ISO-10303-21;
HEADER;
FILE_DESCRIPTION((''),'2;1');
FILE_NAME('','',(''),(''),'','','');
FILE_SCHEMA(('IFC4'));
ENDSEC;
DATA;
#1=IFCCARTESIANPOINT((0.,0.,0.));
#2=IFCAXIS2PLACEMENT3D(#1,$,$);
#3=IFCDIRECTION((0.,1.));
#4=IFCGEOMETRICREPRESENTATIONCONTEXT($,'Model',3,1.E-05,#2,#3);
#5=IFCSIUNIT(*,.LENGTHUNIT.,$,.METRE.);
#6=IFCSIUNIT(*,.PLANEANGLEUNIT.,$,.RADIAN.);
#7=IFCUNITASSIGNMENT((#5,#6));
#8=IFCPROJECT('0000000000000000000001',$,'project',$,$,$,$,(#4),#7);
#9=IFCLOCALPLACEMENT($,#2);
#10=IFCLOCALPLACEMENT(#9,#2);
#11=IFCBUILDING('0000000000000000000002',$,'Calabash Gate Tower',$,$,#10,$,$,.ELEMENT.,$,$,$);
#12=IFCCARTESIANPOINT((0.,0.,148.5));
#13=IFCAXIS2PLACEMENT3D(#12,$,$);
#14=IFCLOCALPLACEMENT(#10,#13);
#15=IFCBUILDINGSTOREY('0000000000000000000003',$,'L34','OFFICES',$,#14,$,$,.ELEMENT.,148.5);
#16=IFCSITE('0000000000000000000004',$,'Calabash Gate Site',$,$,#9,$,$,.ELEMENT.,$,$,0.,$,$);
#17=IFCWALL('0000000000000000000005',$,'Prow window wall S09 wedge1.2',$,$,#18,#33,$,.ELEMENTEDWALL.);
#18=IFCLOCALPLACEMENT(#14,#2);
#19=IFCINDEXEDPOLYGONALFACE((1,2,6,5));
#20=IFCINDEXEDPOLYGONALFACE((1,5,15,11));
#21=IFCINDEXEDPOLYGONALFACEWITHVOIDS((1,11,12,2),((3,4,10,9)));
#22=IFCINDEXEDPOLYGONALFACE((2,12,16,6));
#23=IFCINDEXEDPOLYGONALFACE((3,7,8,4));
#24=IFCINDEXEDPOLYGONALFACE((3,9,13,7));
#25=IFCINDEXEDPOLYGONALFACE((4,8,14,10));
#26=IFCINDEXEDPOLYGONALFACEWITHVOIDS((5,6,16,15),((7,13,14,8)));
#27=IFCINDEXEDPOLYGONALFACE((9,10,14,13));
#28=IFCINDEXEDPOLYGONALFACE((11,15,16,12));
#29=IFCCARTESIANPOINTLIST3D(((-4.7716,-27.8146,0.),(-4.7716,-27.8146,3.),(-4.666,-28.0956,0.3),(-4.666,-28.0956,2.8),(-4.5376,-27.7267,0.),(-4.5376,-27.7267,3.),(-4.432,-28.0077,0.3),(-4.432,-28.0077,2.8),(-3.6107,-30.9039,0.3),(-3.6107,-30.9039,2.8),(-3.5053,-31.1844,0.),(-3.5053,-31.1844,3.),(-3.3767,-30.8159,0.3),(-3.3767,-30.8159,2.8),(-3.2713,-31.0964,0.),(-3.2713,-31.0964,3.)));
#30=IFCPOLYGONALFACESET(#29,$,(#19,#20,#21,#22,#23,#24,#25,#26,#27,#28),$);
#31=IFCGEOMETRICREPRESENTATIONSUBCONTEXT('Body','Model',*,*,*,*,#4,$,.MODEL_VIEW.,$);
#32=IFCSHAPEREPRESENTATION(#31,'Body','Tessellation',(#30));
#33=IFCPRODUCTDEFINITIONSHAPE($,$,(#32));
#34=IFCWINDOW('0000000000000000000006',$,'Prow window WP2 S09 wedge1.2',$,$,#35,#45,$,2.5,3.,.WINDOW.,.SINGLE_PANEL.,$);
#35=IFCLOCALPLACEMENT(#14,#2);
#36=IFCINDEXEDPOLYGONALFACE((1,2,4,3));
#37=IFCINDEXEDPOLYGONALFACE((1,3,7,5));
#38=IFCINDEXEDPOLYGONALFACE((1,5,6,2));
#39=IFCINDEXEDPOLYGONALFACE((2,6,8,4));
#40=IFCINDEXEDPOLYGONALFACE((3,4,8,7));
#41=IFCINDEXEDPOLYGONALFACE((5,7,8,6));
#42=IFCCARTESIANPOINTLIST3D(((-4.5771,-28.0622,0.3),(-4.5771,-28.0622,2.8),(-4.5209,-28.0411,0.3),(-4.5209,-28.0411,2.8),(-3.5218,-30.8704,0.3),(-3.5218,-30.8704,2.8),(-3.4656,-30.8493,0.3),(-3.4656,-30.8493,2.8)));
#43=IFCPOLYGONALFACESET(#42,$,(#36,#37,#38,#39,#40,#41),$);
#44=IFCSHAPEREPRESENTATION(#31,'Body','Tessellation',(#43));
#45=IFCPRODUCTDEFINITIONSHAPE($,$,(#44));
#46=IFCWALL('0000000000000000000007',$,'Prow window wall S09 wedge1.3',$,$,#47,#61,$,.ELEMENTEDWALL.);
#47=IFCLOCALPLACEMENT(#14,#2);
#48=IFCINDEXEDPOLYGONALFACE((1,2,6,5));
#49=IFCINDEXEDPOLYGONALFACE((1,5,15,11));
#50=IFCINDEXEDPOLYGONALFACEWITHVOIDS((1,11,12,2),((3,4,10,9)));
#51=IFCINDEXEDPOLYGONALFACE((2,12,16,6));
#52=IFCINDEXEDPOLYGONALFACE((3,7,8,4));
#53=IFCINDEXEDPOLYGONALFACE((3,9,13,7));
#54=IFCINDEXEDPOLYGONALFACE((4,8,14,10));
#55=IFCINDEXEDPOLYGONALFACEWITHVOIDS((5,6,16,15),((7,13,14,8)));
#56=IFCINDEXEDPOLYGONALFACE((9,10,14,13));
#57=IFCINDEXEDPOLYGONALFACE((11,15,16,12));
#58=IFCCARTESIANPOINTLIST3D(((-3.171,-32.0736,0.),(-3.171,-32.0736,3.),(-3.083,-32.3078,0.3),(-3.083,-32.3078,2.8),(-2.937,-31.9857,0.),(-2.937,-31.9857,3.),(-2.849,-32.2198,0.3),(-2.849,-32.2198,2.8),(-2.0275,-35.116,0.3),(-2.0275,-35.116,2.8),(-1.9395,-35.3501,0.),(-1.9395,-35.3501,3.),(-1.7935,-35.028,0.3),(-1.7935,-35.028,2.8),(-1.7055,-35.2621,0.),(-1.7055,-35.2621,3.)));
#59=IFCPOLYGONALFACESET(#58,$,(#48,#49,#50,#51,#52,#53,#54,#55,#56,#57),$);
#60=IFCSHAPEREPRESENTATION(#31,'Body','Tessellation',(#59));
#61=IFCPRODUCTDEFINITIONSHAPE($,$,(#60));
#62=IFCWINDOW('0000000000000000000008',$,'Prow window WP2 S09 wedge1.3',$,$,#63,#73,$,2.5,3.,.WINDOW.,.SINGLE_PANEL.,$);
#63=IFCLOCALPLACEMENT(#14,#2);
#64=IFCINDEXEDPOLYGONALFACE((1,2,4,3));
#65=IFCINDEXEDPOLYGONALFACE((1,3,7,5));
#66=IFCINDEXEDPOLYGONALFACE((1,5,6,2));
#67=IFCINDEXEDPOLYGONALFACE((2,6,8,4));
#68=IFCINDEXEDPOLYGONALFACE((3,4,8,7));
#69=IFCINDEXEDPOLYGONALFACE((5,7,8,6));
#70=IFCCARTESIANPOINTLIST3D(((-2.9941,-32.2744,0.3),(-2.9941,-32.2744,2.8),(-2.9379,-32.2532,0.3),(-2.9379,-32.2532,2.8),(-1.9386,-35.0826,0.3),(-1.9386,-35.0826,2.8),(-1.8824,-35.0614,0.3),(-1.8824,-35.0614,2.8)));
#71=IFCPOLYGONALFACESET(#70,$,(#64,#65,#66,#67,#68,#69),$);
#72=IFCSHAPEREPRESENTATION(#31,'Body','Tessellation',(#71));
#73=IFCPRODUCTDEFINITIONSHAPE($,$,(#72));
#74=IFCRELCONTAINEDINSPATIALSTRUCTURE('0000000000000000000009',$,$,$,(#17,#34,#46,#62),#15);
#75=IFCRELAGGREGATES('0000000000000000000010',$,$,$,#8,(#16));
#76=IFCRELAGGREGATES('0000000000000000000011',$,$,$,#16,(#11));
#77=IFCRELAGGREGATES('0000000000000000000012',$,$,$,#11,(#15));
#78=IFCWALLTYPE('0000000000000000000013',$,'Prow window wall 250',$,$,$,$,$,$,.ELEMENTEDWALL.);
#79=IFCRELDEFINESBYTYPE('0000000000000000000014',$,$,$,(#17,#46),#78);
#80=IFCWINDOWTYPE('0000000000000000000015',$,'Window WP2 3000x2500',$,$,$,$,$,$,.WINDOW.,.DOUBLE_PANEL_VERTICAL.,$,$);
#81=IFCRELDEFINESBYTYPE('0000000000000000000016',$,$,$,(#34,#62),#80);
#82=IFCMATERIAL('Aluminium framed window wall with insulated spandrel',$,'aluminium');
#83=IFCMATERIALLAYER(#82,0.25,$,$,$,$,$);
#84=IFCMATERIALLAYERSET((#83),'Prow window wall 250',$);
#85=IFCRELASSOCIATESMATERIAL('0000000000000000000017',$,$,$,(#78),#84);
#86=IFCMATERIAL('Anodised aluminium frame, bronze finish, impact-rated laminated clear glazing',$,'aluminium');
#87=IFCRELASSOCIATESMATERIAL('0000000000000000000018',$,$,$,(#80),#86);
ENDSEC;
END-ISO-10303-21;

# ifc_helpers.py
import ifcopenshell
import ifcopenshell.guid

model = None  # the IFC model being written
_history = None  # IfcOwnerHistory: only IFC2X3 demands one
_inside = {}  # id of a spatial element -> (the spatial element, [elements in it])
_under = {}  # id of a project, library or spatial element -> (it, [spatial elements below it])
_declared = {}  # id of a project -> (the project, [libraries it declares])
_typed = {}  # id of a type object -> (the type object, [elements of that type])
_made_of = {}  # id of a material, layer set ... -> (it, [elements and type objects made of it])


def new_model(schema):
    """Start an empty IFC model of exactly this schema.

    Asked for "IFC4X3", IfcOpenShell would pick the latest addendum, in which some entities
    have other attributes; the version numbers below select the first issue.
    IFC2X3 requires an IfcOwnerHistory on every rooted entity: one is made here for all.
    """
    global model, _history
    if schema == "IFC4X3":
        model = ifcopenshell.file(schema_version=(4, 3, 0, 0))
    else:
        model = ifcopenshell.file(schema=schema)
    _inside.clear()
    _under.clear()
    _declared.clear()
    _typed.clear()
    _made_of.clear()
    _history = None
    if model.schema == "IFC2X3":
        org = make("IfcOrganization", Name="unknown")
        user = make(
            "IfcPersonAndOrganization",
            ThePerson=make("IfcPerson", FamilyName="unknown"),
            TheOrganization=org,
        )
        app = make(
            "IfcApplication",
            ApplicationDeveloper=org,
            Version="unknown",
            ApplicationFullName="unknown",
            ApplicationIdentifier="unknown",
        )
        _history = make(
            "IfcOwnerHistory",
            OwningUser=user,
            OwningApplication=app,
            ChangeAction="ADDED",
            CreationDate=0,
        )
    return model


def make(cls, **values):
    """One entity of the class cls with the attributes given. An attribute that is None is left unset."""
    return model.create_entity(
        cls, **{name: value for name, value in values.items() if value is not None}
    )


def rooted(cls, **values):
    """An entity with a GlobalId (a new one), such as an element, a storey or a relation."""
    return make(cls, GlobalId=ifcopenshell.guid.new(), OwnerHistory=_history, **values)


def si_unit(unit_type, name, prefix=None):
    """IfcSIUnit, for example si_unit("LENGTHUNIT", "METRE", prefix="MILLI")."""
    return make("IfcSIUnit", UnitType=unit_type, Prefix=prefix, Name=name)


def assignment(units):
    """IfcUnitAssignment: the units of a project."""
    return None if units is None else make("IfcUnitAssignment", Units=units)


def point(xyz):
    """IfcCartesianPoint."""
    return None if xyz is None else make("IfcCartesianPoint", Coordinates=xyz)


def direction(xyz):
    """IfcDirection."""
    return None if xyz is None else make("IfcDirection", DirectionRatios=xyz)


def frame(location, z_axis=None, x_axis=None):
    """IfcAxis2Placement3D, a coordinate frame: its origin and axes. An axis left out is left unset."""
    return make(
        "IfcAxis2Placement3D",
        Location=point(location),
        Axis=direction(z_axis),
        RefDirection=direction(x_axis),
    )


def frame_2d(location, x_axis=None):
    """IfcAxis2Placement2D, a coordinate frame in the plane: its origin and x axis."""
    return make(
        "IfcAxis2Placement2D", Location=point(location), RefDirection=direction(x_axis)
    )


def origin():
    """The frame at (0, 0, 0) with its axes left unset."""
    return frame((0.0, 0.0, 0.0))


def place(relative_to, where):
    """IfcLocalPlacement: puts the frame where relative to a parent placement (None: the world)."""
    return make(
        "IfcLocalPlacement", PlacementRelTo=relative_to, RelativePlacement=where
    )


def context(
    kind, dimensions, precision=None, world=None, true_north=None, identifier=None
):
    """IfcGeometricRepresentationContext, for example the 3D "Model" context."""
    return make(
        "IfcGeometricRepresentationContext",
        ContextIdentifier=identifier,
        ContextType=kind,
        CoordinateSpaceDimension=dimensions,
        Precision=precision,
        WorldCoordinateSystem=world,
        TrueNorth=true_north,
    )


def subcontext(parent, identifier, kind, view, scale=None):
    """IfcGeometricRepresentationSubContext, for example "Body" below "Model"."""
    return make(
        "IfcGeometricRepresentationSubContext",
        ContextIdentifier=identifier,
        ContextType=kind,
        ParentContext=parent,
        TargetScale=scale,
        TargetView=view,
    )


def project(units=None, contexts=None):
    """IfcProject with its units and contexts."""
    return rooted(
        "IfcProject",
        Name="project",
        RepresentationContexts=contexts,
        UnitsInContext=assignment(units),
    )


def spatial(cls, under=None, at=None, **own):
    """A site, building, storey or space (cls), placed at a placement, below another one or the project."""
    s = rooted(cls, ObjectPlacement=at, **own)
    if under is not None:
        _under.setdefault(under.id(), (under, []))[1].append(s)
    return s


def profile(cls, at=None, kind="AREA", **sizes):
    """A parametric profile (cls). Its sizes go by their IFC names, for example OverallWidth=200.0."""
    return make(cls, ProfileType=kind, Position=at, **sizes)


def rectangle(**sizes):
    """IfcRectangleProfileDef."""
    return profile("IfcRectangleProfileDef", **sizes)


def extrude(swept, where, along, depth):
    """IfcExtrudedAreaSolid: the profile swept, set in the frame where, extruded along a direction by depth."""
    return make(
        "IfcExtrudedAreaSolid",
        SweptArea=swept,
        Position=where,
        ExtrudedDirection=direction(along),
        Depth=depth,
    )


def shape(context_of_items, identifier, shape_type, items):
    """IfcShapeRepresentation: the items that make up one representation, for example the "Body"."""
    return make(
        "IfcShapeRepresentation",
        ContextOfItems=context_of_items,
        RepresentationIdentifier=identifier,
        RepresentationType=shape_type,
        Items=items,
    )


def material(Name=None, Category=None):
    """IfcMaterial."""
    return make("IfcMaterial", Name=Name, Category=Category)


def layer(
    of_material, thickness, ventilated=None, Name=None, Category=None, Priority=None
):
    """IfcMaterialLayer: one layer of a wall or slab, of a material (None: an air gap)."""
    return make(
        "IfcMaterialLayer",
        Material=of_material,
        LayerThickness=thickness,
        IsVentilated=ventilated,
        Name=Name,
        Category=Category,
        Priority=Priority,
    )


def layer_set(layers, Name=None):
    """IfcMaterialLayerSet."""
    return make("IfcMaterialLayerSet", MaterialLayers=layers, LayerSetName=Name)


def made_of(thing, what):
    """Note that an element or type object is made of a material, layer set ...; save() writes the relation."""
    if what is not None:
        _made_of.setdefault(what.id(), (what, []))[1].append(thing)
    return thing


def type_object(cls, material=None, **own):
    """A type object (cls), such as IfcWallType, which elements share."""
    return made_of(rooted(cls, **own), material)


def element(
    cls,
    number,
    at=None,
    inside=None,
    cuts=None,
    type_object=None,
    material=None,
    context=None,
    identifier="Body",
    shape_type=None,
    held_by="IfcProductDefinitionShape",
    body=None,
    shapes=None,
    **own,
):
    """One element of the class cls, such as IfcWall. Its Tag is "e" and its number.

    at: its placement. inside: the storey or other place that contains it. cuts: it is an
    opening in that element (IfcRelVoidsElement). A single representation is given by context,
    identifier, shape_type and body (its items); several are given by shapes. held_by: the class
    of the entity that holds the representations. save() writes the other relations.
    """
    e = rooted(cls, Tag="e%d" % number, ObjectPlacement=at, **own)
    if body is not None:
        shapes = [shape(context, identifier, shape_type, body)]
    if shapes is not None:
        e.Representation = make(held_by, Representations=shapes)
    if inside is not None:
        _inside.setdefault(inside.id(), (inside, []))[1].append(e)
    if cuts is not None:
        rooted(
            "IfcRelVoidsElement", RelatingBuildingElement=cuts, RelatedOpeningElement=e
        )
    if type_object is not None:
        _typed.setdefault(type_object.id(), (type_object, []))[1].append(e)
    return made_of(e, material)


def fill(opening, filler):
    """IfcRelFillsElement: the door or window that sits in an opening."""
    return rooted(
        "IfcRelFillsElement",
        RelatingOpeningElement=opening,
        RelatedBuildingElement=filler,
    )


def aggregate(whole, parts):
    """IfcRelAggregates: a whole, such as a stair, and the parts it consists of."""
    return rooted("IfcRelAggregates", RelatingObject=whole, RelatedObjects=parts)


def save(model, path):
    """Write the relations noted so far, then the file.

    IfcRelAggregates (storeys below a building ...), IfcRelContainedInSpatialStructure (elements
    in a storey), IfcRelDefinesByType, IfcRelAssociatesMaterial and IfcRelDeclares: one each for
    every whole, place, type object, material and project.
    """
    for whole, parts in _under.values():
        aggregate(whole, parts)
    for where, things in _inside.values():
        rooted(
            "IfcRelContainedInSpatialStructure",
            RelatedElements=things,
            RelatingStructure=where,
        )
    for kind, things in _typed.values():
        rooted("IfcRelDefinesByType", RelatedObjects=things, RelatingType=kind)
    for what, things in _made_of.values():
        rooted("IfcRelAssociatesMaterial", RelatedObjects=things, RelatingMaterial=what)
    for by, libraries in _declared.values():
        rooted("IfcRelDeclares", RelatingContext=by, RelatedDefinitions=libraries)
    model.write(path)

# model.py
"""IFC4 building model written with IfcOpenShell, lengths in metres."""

from ifc_helpers import new_model, si_unit, direction, frame, frame_2d, origin, place, context, subcontext, project, spatial, rectangle, extrude, material, layer, layer_set, type_object, element, fill, save


model = new_model("IFC4")

# Units and contexts
model_context = context("Model", 3, precision=1e-05, world=origin(), true_north=direction((0.0, 1.0)))
body_context = subcontext(model_context, "Body", "Model", "MODEL_VIEW")
ifc_project = project(units=[si_unit("LENGTHUNIT", "METRE"), si_unit("PLANEANGLEUNIT", "RADIAN")], contexts=[model_context])

# Site, building, storey
site_placement = place(None, origin())
site = spatial("IfcSite", under=ifc_project, at=site_placement, Name="Calabash Gate Site", CompositionType="ELEMENT", RefElevation=0.0)
building_placement = place(site_placement, origin())
building = spatial("IfcBuilding", under=site, at=building_placement, Name="Calabash Gate Tower", CompositionType="ELEMENT")
storey_placement = place(building_placement, frame((0.0, 0.0, 148.5)))
storey = spatial("IfcBuildingStorey", under=building, at=storey_placement, Name="L34", Description="OFFICES", CompositionType="ELEMENT", Elevation=148.5)

# Walls, openings, windows
ifc_material_1 = material(Name="Aluminium framed window wall with insulated spandrel", Category="aluminium")
ifc_layer_1 = layer(ifc_material_1, 0.25)
ifc_layer_set_1 = layer_set([ifc_layer_1], Name="Prow window wall 250")
wall_type_1 = type_object("IfcWallType", Name="Prow window wall 250", PredefinedType="ELEMENTEDWALL", material=ifc_layer_set_1)
ifc_material_2 = material(Name="Anodised aluminium frame, bronze finish, impact-rated laminated clear glazing", Category="aluminium")
window_type = type_object("IfcWindowType", Name="Window WP2 3000x2500", PartitioningType="DOUBLE_PANEL_VERTICAL", PredefinedType="WINDOW", material=ifc_material_2)
wall_1_placement = place(storey_placement, frame((-4.6545, -27.7708, 0.0), z_axis=(0.0, 0.0, 1.0), x_axis=(0.35177, -0.936086, 0.0)))
wall_1 = element("IfcWall", 1, at=wall_1_placement, inside=storey, type_object=wall_type_1, Name="Prow window wall S09 wedge1.2", PredefinedType="ELEMENTEDWALL", context=body_context, shape_type="SweptSolid", body=[
    extrude(rectangle(XDim=3.5999, YDim=0.25, at=frame_2d((1.7998, 0.0))), origin(), (0.0, 0.0, 1.0), 3.0),
])
opening_1_placement = place(wall_1_placement, frame((0.3, 0.0, 0.3)))
opening_1 = element("IfcOpeningElement", 2, at=opening_1_placement, cuts=wall_1, PredefinedType="OPENING", context=body_context, shape_type="SweptSolid", body=[
    extrude(rectangle(XDim=3.0, YDim=2.5, at=frame_2d((1.5, 1.25))), frame((0.0, 0.135, 0.0), z_axis=(0.0, -1.0, 0.0), x_axis=(1.0, 0.0, 0.0)), (0.0, 0.0, 1.0), 0.27),
])
window_1_placement = place(opening_1_placement, origin())
window_1 = element("IfcWindow", 3, at=window_1_placement, inside=storey, type_object=window_type, Name="Prow window WP2 S09 wedge1.2", OverallHeight=2.5, OverallWidth=3.0, PartitioningType="SINGLE_PANEL", PredefinedType="WINDOW", context=body_context, shape_type="SweptSolid", body=[
    extrude(rectangle(XDim=3.0, YDim=2.5, at=frame_2d((1.5, 1.25))), frame((0.0, 0.03, 0.0), z_axis=(0.0, -1.0, 0.0), x_axis=(1.0, 0.0, 0.0)), (0.0, 0.0, 1.0), 0.0601),
])
fill(opening_1, window_1)
wall_2_placement = place(storey_placement, frame((-3.054, -32.0298, 0.0), z_axis=(0.0, 0.0, 1.0), x_axis=(0.351827, -0.936065, 0.0)))
wall_2 = element("IfcWall", 4, at=wall_2_placement, inside=storey, type_object=wall_type_1, Name="Prow window wall S09 wedge1.3", PredefinedType="ELEMENTEDWALL", context=body_context, shape_type="SweptSolid", body=[
    extrude(rectangle(XDim=3.5002, YDim=0.25, at=frame_2d((1.75, 0.0))), origin(), (0.0, 0.0, 1.0), 3.0),
])
opening_2_placement = place(wall_2_placement, frame((0.25, 0.0, 0.3)))
opening_2 = element("IfcOpeningElement", 5, at=opening_2_placement, cuts=wall_2, PredefinedType="OPENING", context=body_context, shape_type="SweptSolid", body=[
    extrude(rectangle(XDim=3.0, YDim=2.5, at=frame_2d((1.5, 1.25))), frame((0.0, 0.135, 0.0), z_axis=(0.0, -1.0, 0.0), x_axis=(1.0, 0.0, 0.0)), (0.0, 0.0, 1.0), 0.27),
])
window_2_placement = place(opening_2_placement, origin())
window_2 = element("IfcWindow", 6, at=window_2_placement, inside=storey, type_object=window_type, Name="Prow window WP2 S09 wedge1.3", OverallHeight=2.5, OverallWidth=3.0, PartitioningType="SINGLE_PANEL", PredefinedType="WINDOW", context=body_context, shape_type="SweptSolid", body=[
    extrude(rectangle(XDim=3.0, YDim=2.5, at=frame_2d((1.5, 1.25))), frame((0.0, 0.03, 0.0), z_axis=(0.0, -1.0, 0.0), x_axis=(1.0, 0.0, 0.0)), (0.0, 0.0, 1.0), 0.0601),
])
fill(opening_2, window_2)

save(model, "model.ifc")
